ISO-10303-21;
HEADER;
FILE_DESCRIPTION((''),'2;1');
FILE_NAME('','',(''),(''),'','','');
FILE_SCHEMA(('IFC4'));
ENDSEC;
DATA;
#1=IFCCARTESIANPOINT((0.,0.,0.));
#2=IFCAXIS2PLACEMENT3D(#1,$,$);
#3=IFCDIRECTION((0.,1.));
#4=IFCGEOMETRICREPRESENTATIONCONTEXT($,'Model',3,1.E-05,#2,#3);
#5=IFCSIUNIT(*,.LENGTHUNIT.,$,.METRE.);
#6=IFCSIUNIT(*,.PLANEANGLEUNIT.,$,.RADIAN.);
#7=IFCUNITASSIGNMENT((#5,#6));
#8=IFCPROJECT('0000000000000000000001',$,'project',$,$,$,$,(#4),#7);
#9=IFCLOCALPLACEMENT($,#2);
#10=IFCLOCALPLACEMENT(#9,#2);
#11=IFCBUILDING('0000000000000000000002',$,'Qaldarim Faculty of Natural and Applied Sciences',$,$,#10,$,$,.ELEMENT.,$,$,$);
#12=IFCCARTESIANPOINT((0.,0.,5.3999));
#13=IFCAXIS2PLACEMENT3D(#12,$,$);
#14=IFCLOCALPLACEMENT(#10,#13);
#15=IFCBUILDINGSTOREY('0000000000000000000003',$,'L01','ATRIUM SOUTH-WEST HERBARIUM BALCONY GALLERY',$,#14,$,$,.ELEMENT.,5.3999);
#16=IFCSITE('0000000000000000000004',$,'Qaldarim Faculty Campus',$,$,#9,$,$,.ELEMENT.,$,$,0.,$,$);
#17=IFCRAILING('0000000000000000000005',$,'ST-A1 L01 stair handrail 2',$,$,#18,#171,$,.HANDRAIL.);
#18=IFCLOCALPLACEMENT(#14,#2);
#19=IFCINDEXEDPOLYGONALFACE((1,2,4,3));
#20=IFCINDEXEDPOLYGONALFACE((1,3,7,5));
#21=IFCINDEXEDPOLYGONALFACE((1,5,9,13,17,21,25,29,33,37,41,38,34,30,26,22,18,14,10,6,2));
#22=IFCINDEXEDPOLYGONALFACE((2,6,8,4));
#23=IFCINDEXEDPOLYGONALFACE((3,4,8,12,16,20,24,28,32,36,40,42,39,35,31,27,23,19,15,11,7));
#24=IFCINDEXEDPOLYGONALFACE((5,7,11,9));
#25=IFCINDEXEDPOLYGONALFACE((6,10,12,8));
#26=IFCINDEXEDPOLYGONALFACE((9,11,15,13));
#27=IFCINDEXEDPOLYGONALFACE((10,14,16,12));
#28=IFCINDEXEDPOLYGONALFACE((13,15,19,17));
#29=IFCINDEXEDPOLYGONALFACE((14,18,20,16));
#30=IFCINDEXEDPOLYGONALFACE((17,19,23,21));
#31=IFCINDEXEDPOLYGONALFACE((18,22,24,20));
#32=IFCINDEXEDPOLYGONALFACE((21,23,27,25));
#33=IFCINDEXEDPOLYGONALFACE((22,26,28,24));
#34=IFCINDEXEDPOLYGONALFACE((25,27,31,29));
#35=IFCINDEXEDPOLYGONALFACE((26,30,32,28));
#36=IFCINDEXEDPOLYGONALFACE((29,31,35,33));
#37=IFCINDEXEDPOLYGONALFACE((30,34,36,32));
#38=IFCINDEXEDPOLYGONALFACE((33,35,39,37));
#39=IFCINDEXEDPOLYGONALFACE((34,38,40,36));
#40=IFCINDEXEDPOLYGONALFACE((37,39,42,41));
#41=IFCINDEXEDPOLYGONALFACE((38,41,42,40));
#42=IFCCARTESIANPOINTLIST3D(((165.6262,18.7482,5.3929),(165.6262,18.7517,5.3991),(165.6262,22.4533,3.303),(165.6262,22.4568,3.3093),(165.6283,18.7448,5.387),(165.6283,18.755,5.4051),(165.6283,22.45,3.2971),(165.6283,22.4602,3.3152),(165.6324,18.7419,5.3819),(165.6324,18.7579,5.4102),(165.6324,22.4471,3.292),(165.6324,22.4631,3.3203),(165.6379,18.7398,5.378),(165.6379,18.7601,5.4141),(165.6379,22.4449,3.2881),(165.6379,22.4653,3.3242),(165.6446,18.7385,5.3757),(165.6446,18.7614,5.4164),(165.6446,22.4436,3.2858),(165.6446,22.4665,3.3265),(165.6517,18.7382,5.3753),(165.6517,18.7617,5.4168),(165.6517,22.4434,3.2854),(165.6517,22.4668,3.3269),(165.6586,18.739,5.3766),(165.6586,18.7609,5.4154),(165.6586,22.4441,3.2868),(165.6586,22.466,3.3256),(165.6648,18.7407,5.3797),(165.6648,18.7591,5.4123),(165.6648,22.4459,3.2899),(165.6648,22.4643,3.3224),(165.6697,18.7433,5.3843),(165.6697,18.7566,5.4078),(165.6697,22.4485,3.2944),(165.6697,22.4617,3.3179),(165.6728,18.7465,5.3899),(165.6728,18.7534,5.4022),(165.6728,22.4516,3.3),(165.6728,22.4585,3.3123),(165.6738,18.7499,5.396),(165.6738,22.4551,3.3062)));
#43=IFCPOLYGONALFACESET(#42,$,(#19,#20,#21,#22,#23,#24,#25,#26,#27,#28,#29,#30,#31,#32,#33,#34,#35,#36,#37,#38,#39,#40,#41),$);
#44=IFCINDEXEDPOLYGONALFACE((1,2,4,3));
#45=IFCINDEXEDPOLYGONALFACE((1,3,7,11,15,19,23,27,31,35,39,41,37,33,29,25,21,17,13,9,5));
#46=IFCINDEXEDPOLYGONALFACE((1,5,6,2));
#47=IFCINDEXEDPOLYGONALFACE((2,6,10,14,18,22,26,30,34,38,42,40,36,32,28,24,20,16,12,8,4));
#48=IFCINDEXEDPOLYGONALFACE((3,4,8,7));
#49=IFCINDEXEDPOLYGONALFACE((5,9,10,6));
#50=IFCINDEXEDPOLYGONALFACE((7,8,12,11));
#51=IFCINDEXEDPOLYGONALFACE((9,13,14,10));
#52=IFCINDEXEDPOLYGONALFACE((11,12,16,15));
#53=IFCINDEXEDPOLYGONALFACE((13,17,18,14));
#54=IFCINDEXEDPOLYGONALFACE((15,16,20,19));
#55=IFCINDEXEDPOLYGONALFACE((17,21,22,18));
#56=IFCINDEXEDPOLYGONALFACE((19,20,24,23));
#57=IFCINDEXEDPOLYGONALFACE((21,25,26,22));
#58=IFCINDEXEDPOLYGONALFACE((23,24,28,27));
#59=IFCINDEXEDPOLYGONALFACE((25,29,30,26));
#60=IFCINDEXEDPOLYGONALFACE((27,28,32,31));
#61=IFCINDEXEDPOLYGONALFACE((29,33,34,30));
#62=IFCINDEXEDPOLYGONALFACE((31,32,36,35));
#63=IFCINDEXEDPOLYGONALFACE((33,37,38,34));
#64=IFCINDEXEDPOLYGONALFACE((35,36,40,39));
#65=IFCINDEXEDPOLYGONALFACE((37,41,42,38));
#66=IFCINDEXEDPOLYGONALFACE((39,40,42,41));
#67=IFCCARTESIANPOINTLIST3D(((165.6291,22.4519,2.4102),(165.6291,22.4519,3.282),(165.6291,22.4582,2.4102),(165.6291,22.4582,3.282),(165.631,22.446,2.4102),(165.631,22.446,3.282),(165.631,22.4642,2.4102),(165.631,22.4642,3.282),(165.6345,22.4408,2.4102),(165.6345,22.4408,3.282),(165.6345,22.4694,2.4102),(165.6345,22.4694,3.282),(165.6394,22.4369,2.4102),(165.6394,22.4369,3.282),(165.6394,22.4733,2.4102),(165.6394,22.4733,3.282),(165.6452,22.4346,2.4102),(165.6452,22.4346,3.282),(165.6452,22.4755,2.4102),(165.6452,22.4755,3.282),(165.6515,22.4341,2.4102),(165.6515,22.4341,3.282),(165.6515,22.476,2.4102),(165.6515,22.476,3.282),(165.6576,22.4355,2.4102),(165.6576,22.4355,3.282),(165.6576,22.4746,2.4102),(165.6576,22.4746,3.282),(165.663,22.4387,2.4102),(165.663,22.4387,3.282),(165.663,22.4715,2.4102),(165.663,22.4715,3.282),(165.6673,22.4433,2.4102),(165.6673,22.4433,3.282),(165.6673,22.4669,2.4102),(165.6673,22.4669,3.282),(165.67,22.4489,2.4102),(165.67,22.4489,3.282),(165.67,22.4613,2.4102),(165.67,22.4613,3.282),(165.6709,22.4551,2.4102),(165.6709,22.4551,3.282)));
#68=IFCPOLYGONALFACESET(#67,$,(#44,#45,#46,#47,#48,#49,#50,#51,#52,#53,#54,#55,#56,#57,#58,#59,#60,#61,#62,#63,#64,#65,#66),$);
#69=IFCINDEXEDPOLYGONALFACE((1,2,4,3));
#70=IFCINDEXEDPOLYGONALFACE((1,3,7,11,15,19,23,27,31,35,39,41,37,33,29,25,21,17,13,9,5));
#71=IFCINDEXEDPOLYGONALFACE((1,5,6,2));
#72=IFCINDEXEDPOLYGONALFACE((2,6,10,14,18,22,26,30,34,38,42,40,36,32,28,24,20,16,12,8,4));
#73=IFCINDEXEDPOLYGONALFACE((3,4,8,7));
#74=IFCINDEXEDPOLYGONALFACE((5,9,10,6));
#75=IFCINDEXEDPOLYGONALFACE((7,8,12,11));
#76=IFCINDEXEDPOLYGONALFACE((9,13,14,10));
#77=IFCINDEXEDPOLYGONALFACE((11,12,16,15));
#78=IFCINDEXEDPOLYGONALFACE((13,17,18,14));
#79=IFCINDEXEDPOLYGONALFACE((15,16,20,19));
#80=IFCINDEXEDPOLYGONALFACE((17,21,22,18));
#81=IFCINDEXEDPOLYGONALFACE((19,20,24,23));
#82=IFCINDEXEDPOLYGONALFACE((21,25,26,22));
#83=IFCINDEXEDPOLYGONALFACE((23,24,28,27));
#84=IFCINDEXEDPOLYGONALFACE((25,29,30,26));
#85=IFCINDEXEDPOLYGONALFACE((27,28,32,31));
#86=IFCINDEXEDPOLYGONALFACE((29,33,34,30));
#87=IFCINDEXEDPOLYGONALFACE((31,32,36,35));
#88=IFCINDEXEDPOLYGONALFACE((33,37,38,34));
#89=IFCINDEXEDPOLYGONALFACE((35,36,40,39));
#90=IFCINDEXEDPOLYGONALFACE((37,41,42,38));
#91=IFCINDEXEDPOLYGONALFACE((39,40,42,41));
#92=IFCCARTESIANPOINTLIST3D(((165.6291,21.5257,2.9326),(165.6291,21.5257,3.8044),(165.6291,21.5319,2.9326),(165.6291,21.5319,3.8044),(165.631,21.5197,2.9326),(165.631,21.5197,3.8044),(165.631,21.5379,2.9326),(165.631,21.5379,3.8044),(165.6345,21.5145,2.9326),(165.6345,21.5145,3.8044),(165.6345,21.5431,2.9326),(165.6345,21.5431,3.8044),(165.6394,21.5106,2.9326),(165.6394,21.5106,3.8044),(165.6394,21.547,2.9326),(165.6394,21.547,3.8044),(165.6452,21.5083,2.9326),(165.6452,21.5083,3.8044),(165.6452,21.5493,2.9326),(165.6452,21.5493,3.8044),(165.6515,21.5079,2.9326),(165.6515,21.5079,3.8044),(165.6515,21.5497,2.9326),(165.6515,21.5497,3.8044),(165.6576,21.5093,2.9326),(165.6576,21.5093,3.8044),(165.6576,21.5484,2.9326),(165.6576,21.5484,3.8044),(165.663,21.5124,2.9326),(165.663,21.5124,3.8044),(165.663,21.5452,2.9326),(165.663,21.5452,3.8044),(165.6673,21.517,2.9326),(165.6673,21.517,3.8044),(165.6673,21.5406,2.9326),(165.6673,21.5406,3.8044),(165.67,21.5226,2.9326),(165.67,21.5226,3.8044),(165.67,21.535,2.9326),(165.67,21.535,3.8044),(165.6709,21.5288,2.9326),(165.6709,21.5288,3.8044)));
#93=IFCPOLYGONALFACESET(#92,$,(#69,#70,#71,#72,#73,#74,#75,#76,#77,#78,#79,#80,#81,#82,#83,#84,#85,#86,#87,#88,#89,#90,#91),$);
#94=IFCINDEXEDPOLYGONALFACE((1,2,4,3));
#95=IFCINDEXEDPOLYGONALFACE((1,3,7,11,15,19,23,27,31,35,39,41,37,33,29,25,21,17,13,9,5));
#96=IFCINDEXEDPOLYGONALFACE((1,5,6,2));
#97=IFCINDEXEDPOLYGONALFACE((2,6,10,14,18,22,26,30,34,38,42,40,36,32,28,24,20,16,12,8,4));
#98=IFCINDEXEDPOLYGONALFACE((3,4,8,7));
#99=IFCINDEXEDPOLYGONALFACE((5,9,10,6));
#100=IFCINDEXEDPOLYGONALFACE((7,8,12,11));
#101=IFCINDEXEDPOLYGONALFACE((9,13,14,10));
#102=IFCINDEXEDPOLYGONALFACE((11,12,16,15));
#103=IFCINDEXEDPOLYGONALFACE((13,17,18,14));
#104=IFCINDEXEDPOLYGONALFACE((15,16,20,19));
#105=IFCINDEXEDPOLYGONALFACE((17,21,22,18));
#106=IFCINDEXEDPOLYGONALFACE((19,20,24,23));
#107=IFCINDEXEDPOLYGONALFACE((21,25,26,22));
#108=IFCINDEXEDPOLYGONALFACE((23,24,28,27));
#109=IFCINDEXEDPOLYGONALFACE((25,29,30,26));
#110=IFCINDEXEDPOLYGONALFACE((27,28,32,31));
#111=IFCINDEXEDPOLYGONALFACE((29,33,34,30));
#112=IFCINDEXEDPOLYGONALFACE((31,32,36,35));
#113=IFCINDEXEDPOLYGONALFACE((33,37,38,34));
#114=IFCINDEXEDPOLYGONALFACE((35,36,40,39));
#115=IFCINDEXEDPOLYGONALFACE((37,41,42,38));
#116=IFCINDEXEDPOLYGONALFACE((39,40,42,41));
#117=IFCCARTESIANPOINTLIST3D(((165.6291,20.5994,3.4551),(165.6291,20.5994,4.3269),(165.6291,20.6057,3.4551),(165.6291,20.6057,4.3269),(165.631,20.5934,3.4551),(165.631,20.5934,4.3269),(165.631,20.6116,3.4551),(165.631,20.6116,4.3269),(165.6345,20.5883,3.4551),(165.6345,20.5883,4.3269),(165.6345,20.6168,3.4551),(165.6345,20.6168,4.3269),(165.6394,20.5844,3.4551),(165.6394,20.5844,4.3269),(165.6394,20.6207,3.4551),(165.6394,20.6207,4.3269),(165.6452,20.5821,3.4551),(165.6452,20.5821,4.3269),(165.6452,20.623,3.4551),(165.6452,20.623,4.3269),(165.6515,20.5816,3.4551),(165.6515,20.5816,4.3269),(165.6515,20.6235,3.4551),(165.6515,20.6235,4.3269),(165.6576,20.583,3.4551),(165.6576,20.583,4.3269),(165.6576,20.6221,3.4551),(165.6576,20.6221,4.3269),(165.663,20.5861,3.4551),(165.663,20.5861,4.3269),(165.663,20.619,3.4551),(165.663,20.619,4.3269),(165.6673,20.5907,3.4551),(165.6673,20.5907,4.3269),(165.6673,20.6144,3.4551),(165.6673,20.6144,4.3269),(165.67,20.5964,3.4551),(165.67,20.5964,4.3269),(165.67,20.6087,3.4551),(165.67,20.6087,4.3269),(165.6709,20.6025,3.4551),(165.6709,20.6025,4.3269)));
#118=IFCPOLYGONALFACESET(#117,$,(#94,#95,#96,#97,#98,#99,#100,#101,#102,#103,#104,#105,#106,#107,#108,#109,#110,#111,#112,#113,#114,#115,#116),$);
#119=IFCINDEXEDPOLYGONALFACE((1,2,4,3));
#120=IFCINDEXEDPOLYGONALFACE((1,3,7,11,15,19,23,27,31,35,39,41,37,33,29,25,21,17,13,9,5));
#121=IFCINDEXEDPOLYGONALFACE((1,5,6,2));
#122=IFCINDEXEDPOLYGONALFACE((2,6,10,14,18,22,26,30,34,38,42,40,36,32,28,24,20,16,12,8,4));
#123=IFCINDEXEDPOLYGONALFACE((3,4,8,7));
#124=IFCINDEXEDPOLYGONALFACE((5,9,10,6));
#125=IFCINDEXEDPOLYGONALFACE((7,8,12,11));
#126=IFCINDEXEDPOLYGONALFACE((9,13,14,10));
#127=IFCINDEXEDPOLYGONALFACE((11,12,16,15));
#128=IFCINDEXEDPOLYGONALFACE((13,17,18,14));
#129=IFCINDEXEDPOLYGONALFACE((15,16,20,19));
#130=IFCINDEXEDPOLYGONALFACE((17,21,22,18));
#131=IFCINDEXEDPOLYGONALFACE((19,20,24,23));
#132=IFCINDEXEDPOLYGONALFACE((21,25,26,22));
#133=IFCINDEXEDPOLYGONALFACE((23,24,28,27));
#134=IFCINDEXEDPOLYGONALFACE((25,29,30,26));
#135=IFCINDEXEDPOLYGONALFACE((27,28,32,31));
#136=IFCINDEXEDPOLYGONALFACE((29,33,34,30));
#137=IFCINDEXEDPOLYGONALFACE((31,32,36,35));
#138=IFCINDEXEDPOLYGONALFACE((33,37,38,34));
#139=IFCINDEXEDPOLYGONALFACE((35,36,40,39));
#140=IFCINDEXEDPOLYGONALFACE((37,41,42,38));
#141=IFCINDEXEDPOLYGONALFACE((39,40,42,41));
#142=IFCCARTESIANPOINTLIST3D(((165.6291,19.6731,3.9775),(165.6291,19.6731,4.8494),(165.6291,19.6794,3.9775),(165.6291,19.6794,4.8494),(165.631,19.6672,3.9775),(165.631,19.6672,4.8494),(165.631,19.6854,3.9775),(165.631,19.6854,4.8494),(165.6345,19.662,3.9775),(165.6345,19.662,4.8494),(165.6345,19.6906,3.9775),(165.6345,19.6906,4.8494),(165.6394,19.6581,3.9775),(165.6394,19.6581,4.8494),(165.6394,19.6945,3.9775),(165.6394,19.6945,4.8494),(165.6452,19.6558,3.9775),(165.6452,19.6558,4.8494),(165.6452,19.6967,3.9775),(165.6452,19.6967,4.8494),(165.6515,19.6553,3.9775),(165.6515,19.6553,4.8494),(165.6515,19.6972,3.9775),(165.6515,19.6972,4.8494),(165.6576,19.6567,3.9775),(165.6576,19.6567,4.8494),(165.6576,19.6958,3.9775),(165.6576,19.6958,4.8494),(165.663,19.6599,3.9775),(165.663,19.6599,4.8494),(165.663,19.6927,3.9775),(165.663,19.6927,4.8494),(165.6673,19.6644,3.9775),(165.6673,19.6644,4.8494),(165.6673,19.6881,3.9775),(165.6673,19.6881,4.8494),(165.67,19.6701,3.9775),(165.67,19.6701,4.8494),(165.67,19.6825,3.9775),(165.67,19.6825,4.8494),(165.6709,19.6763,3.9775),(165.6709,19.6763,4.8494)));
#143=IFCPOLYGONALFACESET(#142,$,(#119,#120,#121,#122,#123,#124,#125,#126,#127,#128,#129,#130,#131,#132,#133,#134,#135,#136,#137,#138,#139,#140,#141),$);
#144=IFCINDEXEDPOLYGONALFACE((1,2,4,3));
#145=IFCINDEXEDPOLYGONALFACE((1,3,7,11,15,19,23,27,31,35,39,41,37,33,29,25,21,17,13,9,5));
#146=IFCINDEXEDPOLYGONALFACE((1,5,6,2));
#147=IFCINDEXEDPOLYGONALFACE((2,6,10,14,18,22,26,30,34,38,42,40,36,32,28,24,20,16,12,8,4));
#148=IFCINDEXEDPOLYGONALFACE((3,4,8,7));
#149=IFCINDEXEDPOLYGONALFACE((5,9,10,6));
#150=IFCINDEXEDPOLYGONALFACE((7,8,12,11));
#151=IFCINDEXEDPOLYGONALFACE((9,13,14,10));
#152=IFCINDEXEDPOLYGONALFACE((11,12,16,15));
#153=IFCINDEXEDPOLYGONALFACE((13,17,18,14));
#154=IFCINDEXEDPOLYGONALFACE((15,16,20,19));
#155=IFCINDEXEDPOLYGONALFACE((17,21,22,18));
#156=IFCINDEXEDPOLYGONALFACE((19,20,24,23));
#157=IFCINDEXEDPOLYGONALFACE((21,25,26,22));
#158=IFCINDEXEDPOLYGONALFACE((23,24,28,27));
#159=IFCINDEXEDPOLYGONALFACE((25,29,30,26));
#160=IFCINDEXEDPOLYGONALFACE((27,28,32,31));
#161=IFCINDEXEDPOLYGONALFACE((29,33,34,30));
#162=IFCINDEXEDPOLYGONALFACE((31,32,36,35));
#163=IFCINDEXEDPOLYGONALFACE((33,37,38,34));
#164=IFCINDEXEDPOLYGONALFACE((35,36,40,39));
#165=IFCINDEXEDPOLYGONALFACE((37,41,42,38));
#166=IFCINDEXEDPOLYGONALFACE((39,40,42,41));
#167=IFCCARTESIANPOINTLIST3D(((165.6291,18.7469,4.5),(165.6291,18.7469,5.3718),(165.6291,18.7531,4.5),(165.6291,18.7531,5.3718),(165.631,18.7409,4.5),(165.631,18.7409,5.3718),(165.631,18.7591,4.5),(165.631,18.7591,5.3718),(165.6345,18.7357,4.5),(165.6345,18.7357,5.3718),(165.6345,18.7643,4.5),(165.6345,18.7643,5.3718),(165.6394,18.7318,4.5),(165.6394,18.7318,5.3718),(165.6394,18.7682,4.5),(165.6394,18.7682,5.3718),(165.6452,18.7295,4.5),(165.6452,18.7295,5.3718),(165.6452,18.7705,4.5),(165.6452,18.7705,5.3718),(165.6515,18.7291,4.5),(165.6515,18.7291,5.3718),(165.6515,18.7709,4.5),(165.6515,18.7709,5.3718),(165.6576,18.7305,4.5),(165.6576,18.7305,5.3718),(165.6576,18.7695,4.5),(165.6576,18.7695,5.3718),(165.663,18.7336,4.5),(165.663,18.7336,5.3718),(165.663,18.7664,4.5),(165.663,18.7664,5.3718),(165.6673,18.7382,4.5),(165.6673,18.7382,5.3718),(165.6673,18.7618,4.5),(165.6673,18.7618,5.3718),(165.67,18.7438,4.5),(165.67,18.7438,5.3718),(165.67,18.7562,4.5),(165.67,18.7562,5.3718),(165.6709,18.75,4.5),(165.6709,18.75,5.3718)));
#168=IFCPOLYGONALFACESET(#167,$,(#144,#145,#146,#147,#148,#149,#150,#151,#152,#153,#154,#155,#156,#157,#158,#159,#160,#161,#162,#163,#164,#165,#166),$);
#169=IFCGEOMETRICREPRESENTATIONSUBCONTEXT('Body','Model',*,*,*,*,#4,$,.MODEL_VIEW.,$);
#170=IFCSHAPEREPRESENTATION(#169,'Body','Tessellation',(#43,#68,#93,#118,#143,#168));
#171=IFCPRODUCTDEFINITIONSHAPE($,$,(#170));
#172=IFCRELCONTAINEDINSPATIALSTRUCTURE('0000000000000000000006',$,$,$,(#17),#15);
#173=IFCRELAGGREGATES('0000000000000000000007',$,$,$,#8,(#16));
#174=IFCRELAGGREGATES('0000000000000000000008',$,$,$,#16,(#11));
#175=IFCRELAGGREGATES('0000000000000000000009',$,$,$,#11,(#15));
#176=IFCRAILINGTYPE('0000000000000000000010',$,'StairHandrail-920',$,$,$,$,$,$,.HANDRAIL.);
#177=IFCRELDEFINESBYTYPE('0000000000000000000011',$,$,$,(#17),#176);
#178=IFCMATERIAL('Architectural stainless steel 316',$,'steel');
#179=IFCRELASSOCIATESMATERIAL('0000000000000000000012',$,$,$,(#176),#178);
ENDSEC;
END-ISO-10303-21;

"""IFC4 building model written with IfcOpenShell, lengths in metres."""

from ifc_helpers import new_model, si_unit, direction, frame, origin, origin_2d, place, context, subcontext, project, spatial, circle, extrude, material, type_object, element, save


model = new_model("IFC4")

# Units and contexts
model_context = context("Model", 3, precision=1e-05, world=origin(), true_north=direction((0.0, 1.0)))
body_context = subcontext(model_context, "Body", "Model", "MODEL_VIEW")
ifc_project = project(units=[si_unit("LENGTHUNIT", "METRE"), si_unit("PLANEANGLEUNIT", "RADIAN")], contexts=[model_context])

# Site, building, storey
site_placement = place(None, origin())
site = spatial("IfcSite", under=ifc_project, at=site_placement, Name="Qaldarim Faculty Campus", CompositionType="ELEMENT", RefElevation=0.0)
building_placement = place(site_placement, origin())
building = spatial("IfcBuilding", under=site, at=building_placement, Name="Qaldarim Faculty of Natural and Applied Sciences", CompositionType="ELEMENT")
storey_placement = place(building_placement, frame((0.0, 0.0, 5.3999)))
storey = spatial("IfcBuildingStorey", under=building, at=storey_placement, Name="L01", Description="ATRIUM SOUTH-WEST HERBARIUM BALCONY GALLERY", CompositionType="ELEMENT", Elevation=5.3999)

# Shared definitions
ifc_material_1 = material(Name="Architectural stainless steel 316", Category="steel")

# Railing
railing_type_1 = type_object("IfcRailingType", Name="StairHandrail-920", PredefinedType="HANDRAIL", material=ifc_material_1)
railing_1_placement = place(storey_placement, frame((165.6499, 22.4551, 2.4102)))
element("IfcRailing", 1, at=railing_1_placement, inside=storey, type_object=railing_type_1, Name="ST-A1 L01 stair handrail 2", PredefinedType="HANDRAIL", context=body_context, shape_type="SweptSolid", body=[
    extrude(circle(Radius=0.0239, at=origin_2d()), frame((0.0, 0.0, 0.896), z_axis=(0.0, -0.870999, 0.491285), x_axis=(1.0, 0.0, 0.0)), (0.0, 0.0, 1.0), 4.2539),
    extrude(circle(Radius=0.021, at=origin_2d()), origin(), (0.0, 0.0, 1.0), 0.8718),
    extrude(circle(Radius=0.021, at=origin_2d()), frame((0.0, -0.9263, 0.5225)), (0.0, 0.0, 1.0), 0.8718),
    extrude(circle(Radius=0.021, at=origin_2d()), frame((0.0, -1.8525, 1.0449)), (0.0, 0.0, 1.0), 0.8718),
    extrude(circle(Radius=0.021, at=origin_2d()), frame((0.0, -2.7788, 1.5674)), (0.0, 0.0, 1.0), 0.8718),
    extrude(circle(Radius=0.021, at=origin_2d()), frame((0.0, -3.7051, 2.0898)), (0.0, 0.0, 1.0), 0.8718),
])

save(model, "model.ifc")
